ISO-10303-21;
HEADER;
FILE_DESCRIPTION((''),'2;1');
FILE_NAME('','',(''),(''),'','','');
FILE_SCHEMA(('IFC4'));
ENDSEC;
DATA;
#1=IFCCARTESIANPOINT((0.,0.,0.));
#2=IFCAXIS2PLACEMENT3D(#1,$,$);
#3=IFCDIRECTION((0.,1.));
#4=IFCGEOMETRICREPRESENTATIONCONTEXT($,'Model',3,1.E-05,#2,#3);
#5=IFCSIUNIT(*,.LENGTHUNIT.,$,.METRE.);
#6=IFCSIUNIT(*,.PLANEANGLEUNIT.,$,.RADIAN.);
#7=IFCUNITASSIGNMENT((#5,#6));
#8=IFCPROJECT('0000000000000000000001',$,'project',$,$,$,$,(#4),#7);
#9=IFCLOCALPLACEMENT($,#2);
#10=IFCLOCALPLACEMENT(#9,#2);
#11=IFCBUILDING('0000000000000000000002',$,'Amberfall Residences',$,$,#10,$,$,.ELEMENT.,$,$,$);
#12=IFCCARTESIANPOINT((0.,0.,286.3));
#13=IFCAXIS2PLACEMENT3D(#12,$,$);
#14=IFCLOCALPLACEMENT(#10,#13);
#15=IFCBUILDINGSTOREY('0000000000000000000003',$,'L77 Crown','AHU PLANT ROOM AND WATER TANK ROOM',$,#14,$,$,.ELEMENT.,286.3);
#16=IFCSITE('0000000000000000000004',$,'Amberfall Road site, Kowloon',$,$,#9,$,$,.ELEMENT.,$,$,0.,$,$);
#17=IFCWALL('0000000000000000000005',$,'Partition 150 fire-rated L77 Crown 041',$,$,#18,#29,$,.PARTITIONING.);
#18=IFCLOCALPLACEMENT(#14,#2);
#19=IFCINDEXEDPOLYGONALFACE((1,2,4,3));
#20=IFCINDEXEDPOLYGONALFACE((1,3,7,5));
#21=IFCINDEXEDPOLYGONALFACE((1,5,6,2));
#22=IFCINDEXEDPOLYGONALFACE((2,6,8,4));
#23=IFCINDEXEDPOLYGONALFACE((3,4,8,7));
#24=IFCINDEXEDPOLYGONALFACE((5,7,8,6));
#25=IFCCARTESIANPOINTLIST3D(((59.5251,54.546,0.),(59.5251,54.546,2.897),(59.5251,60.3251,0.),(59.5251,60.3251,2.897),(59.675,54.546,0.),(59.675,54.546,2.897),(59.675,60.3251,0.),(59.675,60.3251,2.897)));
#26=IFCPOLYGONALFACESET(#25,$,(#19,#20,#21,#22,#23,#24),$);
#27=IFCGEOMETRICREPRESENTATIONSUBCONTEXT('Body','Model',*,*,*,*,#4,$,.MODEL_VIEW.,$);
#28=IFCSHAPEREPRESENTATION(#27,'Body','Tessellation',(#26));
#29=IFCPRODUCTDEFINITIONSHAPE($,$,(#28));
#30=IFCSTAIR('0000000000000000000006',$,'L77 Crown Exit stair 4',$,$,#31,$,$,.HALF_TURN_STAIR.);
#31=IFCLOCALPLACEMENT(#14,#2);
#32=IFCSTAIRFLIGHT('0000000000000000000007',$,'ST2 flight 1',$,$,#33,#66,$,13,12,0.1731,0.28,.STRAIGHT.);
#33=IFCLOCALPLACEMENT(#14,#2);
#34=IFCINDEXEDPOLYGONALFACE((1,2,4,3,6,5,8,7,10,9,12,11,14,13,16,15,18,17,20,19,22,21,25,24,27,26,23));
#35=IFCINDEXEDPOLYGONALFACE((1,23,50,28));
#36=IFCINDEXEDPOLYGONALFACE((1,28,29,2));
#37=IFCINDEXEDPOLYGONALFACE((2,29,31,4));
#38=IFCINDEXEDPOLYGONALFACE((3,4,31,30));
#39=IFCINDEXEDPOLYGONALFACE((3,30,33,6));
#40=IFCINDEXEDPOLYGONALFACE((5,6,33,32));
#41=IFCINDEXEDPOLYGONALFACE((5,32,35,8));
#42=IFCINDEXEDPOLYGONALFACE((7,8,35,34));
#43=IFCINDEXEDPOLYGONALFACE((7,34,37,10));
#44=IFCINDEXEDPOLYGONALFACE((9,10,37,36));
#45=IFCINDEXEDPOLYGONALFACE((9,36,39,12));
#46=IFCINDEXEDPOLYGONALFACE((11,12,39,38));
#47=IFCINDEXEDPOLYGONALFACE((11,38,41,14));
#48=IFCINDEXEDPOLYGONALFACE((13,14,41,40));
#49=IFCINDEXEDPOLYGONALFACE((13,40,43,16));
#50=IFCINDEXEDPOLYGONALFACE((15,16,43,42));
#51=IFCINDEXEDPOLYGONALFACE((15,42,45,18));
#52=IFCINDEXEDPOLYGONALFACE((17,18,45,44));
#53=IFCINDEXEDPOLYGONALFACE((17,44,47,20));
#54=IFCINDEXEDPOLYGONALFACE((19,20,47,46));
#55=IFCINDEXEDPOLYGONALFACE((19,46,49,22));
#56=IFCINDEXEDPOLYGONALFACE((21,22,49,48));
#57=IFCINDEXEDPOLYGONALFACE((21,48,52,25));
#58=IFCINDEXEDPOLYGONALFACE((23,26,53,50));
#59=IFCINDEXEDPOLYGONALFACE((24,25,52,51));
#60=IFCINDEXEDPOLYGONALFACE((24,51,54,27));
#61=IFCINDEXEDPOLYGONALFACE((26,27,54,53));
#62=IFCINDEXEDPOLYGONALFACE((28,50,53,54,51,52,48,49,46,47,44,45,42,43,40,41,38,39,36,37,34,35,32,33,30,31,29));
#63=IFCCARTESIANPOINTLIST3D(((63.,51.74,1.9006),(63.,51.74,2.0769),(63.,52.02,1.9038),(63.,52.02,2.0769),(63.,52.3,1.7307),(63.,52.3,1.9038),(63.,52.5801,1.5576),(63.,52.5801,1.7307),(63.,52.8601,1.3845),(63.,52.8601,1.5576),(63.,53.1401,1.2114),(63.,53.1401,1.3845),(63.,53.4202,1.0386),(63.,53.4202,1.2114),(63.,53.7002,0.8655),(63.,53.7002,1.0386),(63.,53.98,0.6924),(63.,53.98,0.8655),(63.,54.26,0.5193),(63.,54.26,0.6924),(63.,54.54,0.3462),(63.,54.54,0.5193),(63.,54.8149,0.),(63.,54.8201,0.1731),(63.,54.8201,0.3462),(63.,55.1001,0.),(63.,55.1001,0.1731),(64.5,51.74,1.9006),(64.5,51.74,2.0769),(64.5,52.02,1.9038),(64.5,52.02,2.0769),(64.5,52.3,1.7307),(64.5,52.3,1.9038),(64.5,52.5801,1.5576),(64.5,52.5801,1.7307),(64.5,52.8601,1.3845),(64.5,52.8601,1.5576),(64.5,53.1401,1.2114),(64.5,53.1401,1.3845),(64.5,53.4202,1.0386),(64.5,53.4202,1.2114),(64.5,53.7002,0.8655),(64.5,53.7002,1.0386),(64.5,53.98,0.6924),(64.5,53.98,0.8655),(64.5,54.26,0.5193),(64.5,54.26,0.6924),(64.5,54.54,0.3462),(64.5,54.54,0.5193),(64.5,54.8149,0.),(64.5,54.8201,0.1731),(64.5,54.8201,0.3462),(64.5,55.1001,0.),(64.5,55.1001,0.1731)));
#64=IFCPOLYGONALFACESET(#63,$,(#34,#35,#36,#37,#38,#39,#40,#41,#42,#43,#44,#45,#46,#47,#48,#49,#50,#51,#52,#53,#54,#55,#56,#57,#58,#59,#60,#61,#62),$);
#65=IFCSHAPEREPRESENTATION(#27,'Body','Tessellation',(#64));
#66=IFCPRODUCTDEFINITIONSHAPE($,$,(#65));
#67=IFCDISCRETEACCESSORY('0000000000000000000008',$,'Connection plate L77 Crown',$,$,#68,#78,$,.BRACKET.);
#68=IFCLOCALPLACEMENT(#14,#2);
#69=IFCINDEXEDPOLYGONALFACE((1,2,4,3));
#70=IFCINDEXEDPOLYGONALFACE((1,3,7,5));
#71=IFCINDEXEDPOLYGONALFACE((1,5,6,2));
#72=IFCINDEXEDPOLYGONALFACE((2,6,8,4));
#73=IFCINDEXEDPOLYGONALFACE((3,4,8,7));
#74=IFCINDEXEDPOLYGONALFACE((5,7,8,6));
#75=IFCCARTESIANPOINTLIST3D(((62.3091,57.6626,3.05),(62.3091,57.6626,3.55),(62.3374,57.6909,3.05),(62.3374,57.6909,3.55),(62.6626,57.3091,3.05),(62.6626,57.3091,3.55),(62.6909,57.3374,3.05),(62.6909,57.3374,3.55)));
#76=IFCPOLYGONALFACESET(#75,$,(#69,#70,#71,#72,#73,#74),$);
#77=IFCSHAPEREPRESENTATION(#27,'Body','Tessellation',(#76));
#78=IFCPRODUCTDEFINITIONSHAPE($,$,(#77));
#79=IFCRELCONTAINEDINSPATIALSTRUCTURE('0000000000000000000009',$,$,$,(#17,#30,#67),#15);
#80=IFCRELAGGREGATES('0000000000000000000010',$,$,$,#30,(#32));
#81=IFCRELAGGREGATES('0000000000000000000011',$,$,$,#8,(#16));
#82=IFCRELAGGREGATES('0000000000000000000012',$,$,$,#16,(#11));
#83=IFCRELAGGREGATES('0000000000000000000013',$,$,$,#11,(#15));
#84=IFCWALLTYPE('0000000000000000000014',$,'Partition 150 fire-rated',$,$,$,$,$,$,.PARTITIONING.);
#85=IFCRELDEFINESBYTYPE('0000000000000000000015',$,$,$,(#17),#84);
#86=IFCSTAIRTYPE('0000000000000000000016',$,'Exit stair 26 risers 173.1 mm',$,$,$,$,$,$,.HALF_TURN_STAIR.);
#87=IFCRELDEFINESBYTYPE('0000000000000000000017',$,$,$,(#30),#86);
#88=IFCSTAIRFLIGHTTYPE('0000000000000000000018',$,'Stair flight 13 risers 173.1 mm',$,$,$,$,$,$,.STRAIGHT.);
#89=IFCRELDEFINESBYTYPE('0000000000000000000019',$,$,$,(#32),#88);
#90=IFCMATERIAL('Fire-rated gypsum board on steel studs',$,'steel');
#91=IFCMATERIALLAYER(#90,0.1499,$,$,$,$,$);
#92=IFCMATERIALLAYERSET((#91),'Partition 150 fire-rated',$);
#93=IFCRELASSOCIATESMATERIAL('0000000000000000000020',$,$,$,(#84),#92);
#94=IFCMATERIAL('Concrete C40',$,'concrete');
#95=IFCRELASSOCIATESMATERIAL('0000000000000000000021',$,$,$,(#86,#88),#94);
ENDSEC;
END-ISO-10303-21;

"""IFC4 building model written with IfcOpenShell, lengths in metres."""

from ifc_helpers import new_model, si_unit, direction, frame, frame_2d, origin, origin_2d, place, context, subcontext, project, spatial, polyline, rectangle, outline, extrude, material, layer, layer_set, type_object, element, aggregate, save


model = new_model("IFC4")

# Units and contexts
model_context = context("Model", 3, precision=1e-05, world=origin(), true_north=direction((0.0, 1.0)))
body_context = subcontext(model_context, "Body", "Model", "MODEL_VIEW")
ifc_project = project(units=[si_unit("LENGTHUNIT", "METRE"), si_unit("PLANEANGLEUNIT", "RADIAN")], contexts=[model_context])

# Site, building, storey
site_placement = place(None, origin())
site = spatial("IfcSite", under=ifc_project, at=site_placement, Name="Amberfall Road site, Kowloon", CompositionType="ELEMENT", RefElevation=0.0)
building_placement = place(site_placement, origin())
building = spatial("IfcBuilding", under=site, at=building_placement, Name="Amberfall Residences", CompositionType="ELEMENT")
storey_placement = place(building_placement, frame((0.0, 0.0, 286.3)))
storey = spatial("IfcBuildingStorey", under=building, at=storey_placement, Name="L77 Crown", Description="AHU PLANT ROOM AND WATER TANK ROOM", CompositionType="ELEMENT", Elevation=286.3)

# Shared definitions
ifc_material_1 = material(Name="Fire-rated gypsum board on steel studs", Category="steel")
ifc_layer_1 = layer(ifc_material_1, 0.1499)
ifc_layer_set_1 = layer_set([ifc_layer_1], Name="Partition 150 fire-rated")
wall_type_1 = type_object("IfcWallType", Name="Partition 150 fire-rated", PredefinedType="PARTITIONING", material=ifc_layer_set_1)

# Wall
wall_1_placement = place(storey_placement, frame((59.6001, 54.5459, 0.0), z_axis=(0.0, 0.0, 1.0), x_axis=(0.0, 1.0, 0.0)))
element("IfcWall", 1, at=wall_1_placement, inside=storey, type_object=wall_type_1, Name="Partition 150 fire-rated L77 Crown 041", PredefinedType="PARTITIONING", context=body_context, shape_type="SweptSolid", body=[
    extrude(rectangle(XDim=5.7791, YDim=0.1499, at=frame_2d((2.8896, 0.0))), origin(), (0.0, 0.0, 1.0), 2.897),
])

# Stair, stair flight
ifc_material_2 = material(Name="Concrete C40", Category="concrete")
stair_type = type_object("IfcStairType", Name="Exit stair 26 risers 173.1 mm", PredefinedType="HALF_TURN_STAIR", material=ifc_material_2)
stair_placement = place(storey_placement, origin())
stair = element("IfcStair", 2, at=stair_placement, inside=storey, type_object=stair_type, Name="L77 Crown Exit stair 4", PredefinedType="HALF_TURN_STAIR")
stair_flight_type = type_object("IfcStairFlightType", Name="Stair flight 13 risers 173.1 mm", PredefinedType="STRAIGHT", material=ifc_material_2)
stair_flight_placement = place(storey_placement, frame((63.75, 55.1001, 0.0), z_axis=(0.0, 0.0, 1.0), x_axis=(0.0, -1.0, 0.0)))
stair_flight = element("IfcStairFlight", 3, at=stair_flight_placement, type_object=stair_flight_type, Name="ST2 flight 1", NumberOfRisers=13, NumberOfTreads=12, PredefinedType="STRAIGHT", RiserHeight=0.1731, TreadLength=0.28, context=body_context, shape_type="SweptSolid", body=[
    extrude(outline(polyline([(0.0, 0.0), (0.0, 0.1731), (0.28, 0.1731), (0.28, 0.3462), (0.5601, 0.3462), (0.5601, 0.5193), (0.8401, 0.5193), (0.8401, 0.6924), (1.1201, 0.6924), (1.1201, 0.8655), (1.3999, 0.8655), (1.3999, 1.0386), (1.6799, 1.0386), (1.6799, 1.2114), (1.96, 1.2114), (1.96, 1.3845), (2.24, 1.3845), (2.24, 1.5576), (2.52, 1.5576), (2.52, 1.7307), (2.8, 1.7307), (2.8, 1.9038), (3.0801, 1.9038), (3.0801, 2.0769), (3.3601, 2.0769), (3.3601, 2.25), (3.3601, 1.9006), (0.2852, 0.0), (0.0, 0.0)])), frame((0.0, 0.75, 0.0), z_axis=(0.0, -1.0, 0.0), x_axis=(1.0, 0.0, 0.0)), (0.0, 0.0, 1.0), 1.5),
])
aggregate(stair, [stair_flight])

# Discrete accessory
discrete_accessory_placement = place(storey_placement, frame((62.5, 57.5, 3.05), z_axis=(0.0, 0.0, 1.0), x_axis=(0.707107, -0.707107, 0.0)))
element("IfcDiscreteAccessory", 4, at=discrete_accessory_placement, inside=storey, Name="Connection plate L77 Crown", PredefinedType="BRACKET", context=body_context, shape_type="SweptSolid", body=[
    extrude(rectangle(XDim=0.5, YDim=0.04, at=origin_2d()), origin(), (0.0, 0.0, 1.0), 0.5),
])

save(model, "model.ifc")
